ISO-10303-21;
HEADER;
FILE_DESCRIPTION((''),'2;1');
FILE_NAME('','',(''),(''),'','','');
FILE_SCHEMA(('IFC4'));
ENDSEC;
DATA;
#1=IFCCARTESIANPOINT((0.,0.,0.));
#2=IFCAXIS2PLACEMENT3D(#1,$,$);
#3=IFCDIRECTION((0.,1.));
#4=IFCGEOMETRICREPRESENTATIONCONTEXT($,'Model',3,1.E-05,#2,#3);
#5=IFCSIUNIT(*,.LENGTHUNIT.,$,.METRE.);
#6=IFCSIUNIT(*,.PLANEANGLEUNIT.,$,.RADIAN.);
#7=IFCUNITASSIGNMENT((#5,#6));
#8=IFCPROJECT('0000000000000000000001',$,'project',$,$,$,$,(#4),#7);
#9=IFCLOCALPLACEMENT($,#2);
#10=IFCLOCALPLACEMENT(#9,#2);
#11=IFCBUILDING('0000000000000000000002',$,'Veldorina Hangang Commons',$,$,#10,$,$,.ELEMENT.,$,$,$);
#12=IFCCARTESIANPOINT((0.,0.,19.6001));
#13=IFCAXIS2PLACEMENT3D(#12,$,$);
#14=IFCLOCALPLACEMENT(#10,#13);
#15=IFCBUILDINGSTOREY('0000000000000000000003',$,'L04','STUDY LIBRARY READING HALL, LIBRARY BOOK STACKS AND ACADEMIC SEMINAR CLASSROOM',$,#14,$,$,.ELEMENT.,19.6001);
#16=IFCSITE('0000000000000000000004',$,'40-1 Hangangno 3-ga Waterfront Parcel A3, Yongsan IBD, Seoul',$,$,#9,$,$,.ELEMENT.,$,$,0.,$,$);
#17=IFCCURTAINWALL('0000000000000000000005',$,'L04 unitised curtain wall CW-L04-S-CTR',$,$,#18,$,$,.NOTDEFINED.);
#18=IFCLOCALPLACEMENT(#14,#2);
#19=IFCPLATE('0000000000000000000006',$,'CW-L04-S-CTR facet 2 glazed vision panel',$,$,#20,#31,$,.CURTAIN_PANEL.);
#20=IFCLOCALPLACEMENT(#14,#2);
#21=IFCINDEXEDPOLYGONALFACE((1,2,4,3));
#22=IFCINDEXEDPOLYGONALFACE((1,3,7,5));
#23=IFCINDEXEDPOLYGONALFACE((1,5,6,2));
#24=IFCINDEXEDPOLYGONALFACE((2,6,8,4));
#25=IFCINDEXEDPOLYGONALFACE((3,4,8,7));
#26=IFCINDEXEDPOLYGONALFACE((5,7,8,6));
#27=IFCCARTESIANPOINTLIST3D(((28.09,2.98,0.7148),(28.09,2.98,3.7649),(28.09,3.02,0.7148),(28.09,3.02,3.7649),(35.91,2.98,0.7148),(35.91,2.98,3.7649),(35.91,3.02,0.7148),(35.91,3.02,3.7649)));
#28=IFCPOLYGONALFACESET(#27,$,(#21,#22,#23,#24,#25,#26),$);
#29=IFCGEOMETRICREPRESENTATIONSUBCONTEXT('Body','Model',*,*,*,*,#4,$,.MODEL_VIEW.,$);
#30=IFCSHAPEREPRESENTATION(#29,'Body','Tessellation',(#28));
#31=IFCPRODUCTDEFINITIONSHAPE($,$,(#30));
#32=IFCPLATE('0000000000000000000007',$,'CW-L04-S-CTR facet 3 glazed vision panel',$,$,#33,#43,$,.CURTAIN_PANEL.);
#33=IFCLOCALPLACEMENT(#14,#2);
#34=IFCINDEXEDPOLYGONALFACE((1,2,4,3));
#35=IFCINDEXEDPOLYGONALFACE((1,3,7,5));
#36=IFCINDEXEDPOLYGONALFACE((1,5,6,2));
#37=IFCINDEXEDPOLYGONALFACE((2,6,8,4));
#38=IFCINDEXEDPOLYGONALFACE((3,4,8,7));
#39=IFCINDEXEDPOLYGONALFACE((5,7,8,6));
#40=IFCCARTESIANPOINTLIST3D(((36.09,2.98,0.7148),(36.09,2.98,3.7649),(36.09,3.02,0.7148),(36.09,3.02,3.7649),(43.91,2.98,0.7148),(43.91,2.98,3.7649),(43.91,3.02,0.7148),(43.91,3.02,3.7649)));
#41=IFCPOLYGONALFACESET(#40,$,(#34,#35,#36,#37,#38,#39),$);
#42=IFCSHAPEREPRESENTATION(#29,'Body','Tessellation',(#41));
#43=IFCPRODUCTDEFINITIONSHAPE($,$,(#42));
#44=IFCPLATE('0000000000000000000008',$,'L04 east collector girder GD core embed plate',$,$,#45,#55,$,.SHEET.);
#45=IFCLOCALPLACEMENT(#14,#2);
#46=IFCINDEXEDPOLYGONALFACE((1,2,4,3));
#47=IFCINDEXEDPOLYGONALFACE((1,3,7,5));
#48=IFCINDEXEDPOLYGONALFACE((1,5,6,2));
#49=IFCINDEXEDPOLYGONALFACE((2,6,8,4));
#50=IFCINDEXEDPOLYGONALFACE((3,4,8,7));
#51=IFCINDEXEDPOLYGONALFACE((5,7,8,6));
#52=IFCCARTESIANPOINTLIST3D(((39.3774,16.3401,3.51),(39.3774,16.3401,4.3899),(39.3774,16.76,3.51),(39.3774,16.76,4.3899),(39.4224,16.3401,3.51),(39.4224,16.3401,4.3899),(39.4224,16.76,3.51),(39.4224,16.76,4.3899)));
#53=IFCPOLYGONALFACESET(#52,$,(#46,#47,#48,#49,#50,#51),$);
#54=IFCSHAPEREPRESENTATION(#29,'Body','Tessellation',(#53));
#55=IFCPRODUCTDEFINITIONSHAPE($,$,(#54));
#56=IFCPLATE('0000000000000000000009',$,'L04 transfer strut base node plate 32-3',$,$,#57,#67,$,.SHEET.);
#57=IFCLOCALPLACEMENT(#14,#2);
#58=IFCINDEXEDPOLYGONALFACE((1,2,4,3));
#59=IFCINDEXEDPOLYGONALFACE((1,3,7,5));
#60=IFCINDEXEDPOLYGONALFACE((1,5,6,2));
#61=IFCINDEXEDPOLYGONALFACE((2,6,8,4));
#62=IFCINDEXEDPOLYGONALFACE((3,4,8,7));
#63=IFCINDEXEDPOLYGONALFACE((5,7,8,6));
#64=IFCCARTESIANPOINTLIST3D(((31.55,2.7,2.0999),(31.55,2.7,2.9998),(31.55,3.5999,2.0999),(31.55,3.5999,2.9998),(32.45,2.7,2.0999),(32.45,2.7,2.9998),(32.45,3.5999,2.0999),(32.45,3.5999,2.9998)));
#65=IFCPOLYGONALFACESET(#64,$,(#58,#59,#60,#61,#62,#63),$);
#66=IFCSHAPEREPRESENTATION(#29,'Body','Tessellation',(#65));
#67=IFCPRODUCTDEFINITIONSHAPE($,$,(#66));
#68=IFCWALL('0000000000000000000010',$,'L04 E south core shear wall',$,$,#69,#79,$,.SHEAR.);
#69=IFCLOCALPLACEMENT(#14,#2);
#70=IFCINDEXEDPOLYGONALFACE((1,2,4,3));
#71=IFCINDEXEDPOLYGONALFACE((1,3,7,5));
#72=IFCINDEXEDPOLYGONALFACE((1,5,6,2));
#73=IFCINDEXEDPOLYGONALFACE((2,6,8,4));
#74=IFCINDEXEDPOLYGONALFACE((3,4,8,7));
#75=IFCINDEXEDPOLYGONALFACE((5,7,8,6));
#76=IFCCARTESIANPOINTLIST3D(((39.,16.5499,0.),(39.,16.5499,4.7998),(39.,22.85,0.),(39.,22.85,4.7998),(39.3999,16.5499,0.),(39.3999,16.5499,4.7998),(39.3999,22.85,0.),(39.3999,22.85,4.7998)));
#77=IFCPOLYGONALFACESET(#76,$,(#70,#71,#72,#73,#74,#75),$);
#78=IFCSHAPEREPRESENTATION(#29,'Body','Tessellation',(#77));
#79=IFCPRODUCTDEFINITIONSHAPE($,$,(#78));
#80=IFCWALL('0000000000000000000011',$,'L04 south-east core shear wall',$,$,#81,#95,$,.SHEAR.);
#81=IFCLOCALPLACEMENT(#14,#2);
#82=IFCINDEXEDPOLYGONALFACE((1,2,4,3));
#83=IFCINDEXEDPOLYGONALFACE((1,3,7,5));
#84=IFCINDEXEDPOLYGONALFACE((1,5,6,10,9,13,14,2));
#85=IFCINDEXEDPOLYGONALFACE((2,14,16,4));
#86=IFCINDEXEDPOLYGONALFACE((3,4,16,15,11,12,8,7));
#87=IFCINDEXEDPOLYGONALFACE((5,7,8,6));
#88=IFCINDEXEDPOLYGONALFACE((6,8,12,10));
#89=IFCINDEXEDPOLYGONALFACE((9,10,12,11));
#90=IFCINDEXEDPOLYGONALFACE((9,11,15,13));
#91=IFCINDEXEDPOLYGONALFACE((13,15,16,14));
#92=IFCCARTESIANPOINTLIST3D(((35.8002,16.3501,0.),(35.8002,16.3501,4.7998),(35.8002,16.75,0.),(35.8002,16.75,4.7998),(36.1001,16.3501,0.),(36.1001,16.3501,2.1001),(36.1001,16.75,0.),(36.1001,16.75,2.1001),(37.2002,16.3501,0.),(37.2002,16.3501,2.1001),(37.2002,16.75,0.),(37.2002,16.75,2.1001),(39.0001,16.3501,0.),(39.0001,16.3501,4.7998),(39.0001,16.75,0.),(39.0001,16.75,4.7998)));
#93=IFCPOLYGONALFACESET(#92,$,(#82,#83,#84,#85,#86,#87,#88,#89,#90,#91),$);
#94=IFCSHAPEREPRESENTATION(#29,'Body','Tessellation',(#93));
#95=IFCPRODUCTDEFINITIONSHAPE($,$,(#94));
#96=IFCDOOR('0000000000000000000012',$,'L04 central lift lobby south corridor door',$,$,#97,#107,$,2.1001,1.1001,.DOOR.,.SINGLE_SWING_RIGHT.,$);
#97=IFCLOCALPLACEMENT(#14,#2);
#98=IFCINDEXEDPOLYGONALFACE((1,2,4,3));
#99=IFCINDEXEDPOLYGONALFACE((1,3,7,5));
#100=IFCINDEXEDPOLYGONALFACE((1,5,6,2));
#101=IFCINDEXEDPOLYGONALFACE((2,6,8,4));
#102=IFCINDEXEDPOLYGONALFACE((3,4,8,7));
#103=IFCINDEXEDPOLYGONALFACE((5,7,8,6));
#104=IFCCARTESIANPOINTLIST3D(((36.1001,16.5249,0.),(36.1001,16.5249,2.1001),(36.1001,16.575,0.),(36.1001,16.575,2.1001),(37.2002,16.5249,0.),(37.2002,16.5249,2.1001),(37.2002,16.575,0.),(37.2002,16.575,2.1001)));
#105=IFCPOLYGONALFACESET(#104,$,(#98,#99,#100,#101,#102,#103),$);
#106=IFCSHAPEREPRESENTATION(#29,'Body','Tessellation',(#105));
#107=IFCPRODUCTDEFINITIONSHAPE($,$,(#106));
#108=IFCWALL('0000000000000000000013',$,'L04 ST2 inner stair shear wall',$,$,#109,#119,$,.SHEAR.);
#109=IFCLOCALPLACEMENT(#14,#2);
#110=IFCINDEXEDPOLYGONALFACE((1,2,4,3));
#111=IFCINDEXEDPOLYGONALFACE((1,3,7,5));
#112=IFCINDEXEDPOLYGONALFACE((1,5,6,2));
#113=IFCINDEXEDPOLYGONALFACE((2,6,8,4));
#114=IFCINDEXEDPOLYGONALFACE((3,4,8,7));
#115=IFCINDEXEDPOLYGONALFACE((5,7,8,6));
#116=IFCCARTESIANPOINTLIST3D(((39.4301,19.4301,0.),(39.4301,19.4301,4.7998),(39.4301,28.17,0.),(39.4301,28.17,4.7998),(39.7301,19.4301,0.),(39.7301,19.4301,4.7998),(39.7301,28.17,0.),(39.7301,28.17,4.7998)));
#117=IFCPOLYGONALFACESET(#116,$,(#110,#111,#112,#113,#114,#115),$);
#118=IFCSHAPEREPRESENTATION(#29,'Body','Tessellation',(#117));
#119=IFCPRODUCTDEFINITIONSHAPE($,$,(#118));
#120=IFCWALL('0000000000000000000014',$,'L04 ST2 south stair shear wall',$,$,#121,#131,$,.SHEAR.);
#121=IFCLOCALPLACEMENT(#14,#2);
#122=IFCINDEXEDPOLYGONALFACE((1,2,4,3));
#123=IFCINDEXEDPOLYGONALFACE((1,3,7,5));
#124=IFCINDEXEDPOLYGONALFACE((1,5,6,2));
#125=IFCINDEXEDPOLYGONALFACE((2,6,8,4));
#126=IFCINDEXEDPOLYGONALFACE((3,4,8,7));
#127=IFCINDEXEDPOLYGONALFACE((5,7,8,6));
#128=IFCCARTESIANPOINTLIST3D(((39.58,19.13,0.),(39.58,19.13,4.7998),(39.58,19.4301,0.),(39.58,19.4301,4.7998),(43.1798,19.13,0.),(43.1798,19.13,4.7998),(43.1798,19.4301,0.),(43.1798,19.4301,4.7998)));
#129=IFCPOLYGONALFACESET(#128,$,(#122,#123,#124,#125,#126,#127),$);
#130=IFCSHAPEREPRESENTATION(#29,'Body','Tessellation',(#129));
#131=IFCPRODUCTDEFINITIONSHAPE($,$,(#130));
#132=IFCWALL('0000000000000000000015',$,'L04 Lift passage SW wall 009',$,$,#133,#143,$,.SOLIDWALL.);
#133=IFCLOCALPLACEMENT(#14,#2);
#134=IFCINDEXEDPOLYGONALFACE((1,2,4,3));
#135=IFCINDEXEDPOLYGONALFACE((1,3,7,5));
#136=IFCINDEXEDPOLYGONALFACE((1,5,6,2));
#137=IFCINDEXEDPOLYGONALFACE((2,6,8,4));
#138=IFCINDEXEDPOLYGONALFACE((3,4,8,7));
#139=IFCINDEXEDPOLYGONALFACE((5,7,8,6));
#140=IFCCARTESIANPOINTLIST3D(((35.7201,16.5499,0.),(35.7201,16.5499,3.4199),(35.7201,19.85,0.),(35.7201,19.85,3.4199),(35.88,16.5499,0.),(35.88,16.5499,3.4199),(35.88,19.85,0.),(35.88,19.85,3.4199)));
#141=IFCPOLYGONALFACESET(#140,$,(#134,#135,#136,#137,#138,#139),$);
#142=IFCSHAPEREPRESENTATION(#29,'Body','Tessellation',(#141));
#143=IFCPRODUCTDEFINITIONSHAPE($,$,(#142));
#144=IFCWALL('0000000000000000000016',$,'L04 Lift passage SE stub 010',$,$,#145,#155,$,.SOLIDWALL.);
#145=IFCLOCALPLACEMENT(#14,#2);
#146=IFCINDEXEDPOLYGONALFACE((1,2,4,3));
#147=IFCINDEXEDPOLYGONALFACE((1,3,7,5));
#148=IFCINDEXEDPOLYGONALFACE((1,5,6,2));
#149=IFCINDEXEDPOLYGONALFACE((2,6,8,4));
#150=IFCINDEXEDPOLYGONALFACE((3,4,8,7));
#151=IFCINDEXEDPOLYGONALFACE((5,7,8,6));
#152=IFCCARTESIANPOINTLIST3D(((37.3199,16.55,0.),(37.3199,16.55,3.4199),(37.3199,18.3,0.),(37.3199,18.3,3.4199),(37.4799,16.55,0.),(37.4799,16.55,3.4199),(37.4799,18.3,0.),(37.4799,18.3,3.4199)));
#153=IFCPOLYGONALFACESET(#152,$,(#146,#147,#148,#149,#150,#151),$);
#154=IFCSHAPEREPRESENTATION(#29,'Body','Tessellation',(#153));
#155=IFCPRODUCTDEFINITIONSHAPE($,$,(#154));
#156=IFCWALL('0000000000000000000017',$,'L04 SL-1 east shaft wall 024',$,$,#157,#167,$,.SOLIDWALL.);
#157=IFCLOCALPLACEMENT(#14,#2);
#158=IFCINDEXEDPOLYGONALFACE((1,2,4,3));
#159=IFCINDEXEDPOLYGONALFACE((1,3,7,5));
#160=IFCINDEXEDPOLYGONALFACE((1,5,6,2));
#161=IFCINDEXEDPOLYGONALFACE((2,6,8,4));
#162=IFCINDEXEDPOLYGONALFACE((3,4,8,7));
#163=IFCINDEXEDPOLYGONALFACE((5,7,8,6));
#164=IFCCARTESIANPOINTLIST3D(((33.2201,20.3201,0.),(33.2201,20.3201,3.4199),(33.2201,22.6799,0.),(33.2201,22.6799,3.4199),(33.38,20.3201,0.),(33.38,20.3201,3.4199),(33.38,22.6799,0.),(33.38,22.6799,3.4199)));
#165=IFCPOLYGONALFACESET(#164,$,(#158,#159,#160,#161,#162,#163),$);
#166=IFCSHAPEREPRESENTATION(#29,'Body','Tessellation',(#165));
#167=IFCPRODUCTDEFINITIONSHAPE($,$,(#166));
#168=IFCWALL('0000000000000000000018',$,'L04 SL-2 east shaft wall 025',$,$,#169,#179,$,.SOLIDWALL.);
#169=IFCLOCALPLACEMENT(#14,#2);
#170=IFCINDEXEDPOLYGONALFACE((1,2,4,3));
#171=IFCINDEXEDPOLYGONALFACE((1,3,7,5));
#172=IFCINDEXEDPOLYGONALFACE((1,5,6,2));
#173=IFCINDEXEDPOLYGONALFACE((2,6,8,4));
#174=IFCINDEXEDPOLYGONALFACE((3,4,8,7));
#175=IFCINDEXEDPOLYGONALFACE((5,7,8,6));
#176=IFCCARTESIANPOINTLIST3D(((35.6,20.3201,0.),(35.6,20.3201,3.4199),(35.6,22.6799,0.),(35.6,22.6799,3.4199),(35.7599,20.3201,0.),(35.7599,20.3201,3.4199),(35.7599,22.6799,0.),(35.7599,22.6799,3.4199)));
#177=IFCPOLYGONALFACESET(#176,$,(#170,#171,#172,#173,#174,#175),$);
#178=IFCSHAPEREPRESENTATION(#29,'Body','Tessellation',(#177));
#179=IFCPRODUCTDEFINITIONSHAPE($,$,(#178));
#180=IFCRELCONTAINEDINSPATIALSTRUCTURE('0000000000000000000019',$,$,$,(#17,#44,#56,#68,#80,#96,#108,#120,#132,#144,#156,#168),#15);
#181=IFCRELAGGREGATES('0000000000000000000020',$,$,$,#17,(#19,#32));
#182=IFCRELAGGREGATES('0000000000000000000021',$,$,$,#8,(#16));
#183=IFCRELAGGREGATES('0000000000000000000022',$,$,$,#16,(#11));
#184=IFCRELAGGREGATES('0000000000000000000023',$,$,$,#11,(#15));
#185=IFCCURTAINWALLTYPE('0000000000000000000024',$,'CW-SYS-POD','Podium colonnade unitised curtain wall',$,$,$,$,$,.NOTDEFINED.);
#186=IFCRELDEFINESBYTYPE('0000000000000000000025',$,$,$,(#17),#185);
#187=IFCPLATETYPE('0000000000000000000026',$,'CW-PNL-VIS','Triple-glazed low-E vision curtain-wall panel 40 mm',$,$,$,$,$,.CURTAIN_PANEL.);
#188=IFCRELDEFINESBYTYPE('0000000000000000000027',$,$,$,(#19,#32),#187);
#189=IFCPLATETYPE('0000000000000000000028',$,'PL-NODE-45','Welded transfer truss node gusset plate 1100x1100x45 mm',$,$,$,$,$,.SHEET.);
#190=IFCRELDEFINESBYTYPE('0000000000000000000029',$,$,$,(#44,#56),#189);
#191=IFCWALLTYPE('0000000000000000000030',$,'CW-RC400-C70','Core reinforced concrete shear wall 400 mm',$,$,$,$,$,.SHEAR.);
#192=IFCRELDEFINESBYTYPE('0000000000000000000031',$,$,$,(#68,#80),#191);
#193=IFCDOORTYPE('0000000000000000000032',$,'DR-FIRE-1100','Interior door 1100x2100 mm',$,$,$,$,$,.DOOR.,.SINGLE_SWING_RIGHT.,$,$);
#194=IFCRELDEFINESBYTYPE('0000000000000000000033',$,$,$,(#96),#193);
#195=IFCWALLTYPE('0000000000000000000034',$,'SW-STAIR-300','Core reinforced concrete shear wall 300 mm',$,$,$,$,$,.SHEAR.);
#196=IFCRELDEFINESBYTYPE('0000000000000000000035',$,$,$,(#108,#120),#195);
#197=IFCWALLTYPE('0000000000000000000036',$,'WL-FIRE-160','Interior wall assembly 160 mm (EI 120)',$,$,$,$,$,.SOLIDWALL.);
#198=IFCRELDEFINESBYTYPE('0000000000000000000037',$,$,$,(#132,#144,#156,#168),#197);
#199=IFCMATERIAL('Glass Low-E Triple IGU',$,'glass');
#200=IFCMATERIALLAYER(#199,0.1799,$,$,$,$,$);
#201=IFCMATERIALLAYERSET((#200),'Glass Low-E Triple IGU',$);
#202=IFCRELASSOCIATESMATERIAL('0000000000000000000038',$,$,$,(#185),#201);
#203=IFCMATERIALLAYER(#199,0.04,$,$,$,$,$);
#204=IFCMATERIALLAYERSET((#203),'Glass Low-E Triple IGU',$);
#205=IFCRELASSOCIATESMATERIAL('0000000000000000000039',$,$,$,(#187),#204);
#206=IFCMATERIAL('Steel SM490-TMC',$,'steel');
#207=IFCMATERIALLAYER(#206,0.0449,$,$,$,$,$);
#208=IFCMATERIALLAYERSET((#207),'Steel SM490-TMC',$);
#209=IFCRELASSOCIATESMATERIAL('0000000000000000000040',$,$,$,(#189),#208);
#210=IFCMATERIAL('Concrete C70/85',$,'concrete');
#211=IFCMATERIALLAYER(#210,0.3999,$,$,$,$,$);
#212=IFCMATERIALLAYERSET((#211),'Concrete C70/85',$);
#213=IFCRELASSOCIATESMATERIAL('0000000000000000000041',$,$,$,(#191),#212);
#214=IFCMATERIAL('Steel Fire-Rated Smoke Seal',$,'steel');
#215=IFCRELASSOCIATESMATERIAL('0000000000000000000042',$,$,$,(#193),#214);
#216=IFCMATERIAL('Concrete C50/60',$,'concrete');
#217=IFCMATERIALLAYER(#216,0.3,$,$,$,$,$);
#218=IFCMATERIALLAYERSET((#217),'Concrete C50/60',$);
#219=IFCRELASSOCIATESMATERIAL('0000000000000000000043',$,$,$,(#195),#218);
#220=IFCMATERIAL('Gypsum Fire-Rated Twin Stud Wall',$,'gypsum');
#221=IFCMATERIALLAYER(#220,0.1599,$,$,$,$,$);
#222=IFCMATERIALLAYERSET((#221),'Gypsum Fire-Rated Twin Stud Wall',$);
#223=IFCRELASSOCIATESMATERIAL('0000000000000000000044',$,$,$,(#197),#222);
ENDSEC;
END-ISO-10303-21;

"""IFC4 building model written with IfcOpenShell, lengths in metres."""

from ifc_helpers import new_model, si_unit, direction, frame, frame_2d, origin, origin_2d, place, context, subcontext, project, spatial, rectangle, extrude, material, layer, layer_set, type_object, element, fill, aggregate, save


model = new_model("IFC4")

# Units and contexts
model_context = context("Model", 3, precision=1e-05, world=origin(), true_north=direction((0.0, 1.0)))
body_context = subcontext(model_context, "Body", "Model", "MODEL_VIEW")
ifc_project = project(units=[si_unit("LENGTHUNIT", "METRE"), si_unit("PLANEANGLEUNIT", "RADIAN")], contexts=[model_context])

# Site, building, storey
site_placement = place(None, origin())
site = spatial("IfcSite", under=ifc_project, at=site_placement, Name="40-1 Hangangno 3-ga Waterfront Parcel A3, Yongsan IBD, Seoul", CompositionType="ELEMENT", RefElevation=0.0)
building_placement = place(site_placement, origin())
building = spatial("IfcBuilding", under=site, at=building_placement, Name="Veldorina Hangang Commons", CompositionType="ELEMENT")
storey_placement = place(building_placement, frame((0.0, 0.0, 19.6001)))
storey = spatial("IfcBuildingStorey", under=building, at=storey_placement, Name="L04", Description="STUDY LIBRARY READING HALL, LIBRARY BOOK STACKS AND ACADEMIC SEMINAR CLASSROOM", CompositionType="ELEMENT", Elevation=19.6001)

# Shared definitions
ifc_material_1 = material(Name="Steel SM490-TMC", Category="steel")

# Curtain wall
ifc_material_2 = material(Name="Glass Low-E Triple IGU", Category="glass")
ifc_layer_1 = layer(ifc_material_2, 0.1799)
ifc_layer_set_1 = layer_set([ifc_layer_1], Name="Glass Low-E Triple IGU")
curtain_wall_type = type_object("IfcCurtainWallType", Name="CW-SYS-POD", Description="Podium colonnade unitised curtain wall", PredefinedType="NOTDEFINED", material=ifc_layer_set_1)
curtain_wall_placement = place(storey_placement, origin())
curtain_wall = element("IfcCurtainWall", 1, at=curtain_wall_placement, inside=storey, type_object=curtain_wall_type, Name="L04 unitised curtain wall CW-L04-S-CTR", PredefinedType="NOTDEFINED")

# Plates
ifc_layer_2 = layer(ifc_material_2, 0.04)
ifc_layer_set_2 = layer_set([ifc_layer_2], Name="Glass Low-E Triple IGU")
plate_type_1 = type_object("IfcPlateType", Name="CW-PNL-VIS", Description="Triple-glazed low-E vision curtain-wall panel 40 mm", PredefinedType="CURTAIN_PANEL", material=ifc_layer_set_2)
plate_1_placement = place(storey_placement, frame((32.0, 3.0, 0.7148), z_axis=(0.0, 0.0, 1.0), x_axis=(1.0, 0.0, 0.0)))
plate_1 = element("IfcPlate", 2, at=plate_1_placement, type_object=plate_type_1, Name="CW-L04-S-CTR facet 2 glazed vision panel", PredefinedType="CURTAIN_PANEL", context=body_context, shape_type="SweptSolid", body=[
    extrude(rectangle(XDim=7.8201, YDim=0.04, at=origin_2d()), origin(), (0.0, 0.0, 1.0), 3.05),
])
plate_2_placement = place(storey_placement, frame((40.0, 3.0, 0.7148), z_axis=(0.0, 0.0, 1.0), x_axis=(1.0, 0.0, 0.0)))
plate_2 = element("IfcPlate", 3, at=plate_2_placement, type_object=plate_type_1, Name="CW-L04-S-CTR facet 3 glazed vision panel", PredefinedType="CURTAIN_PANEL", context=body_context, shape_type="SweptSolid", body=[
    extrude(rectangle(XDim=7.8201, YDim=0.04, at=origin_2d()), origin(), (0.0, 0.0, 1.0), 3.05),
])
aggregate(curtain_wall, [plate_1, plate_2])

# Plates
ifc_layer_3 = layer(ifc_material_1, 0.0449)
ifc_layer_set_3 = layer_set([ifc_layer_3], Name="Steel SM490-TMC")
plate_type_2 = type_object("IfcPlateType", Name="PL-NODE-45", Description="Welded transfer truss node gusset plate 1100x1100x45 mm", PredefinedType="SHEET", material=ifc_layer_set_3)
plate_3_placement = place(storey_placement, frame((39.3999, 16.55, 3.51), z_axis=(0.0, 0.0, 1.0), x_axis=(1.0, 0.0, 0.0)))
element("IfcPlate", 4, at=plate_3_placement, inside=storey, type_object=plate_type_2, Name="L04 east collector girder GD core embed plate", PredefinedType="SHEET", context=body_context, shape_type="SweptSolid", body=[
    extrude(rectangle(XDim=0.0449, YDim=0.4199, at=origin_2d()), origin(), (0.0, 0.0, 1.0), 0.8799),
])
plate_4_placement = place(storey_placement, frame((32.0, 3.1499, 2.0999), z_axis=(0.0, 0.0, 1.0), x_axis=(1.0, 0.0, 0.0)))
element("IfcPlate", 5, at=plate_4_placement, inside=storey, type_object=plate_type_2, Name="L04 transfer strut base node plate 32-3", PredefinedType="SHEET", context=body_context, shape_type="SweptSolid", body=[
    extrude(rectangle(XDim=0.8999, YDim=0.8999, at=origin_2d()), origin(), (0.0, 0.0, 1.0), 0.8999),
])

# Wall
ifc_material_3 = material(Name="Concrete C70/85", Category="concrete")
ifc_layer_4 = layer(ifc_material_3, 0.3999)
ifc_layer_set_4 = layer_set([ifc_layer_4], Name="Concrete C70/85")
wall_type_1 = type_object("IfcWallType", Name="CW-RC400-C70", Description="Core reinforced concrete shear wall 400 mm", PredefinedType="SHEAR", material=ifc_layer_set_4)
wall_1_placement = place(storey_placement, frame((39.2, 16.55, 0.0), z_axis=(0.0, 0.0, 1.0), x_axis=(0.0, 1.0, 0.0)))
element("IfcWall", 6, at=wall_1_placement, inside=storey, type_object=wall_type_1, Name="L04 E south core shear wall", PredefinedType="SHEAR", context=body_context, shape_type="SweptSolid", body=[
    extrude(rectangle(XDim=6.3, YDim=0.3999, at=frame_2d((3.1499, 0.0))), origin(), (0.0, 0.0, 1.0), 4.7998),
])

# Wall, opening, door
wall_2_placement = place(storey_placement, frame((35.8, 16.55, 0.0), z_axis=(0.0, 0.0, 1.0), x_axis=(1.0, 0.0, 0.0)))
wall_2 = element("IfcWall", 7, at=wall_2_placement, inside=storey, type_object=wall_type_1, Name="L04 south-east core shear wall", PredefinedType="SHEAR", context=body_context, shape_type="SweptSolid", body=[
    extrude(rectangle(XDim=3.2, YDim=0.3999, at=frame_2d((1.6001, 0.0))), origin(), (0.0, 0.0, 1.0), 4.7998),
])
opening_1_placement = place(wall_2_placement, frame((0.3, 0.0, 0.0)))
opening_1 = element("IfcOpeningElement", 8, at=opening_1_placement, cuts=wall_2, PredefinedType="OPENING", context=body_context, shape_type="SweptSolid", body=[
    extrude(rectangle(XDim=1.1001, YDim=2.1001, at=frame_2d((0.55, 1.05))), frame((0.0, 0.21, 0.0), z_axis=(0.0, -1.0, 0.0), x_axis=(1.0, 0.0, 0.0)), (0.0, 0.0, 1.0), 0.4199),
])
ifc_material_4 = material(Name="Steel Fire-Rated Smoke Seal", Category="steel")
door_type_1 = type_object("IfcDoorType", Name="DR-FIRE-1100", Description="Interior door 1100x2100 mm", OperationType="SINGLE_SWING_RIGHT", PredefinedType="DOOR", material=ifc_material_4)
door_1_placement = place(opening_1_placement, origin())
door_1 = element("IfcDoor", 9, at=door_1_placement, inside=storey, type_object=door_type_1, Name="L04 central lift lobby south corridor door", OperationType="SINGLE_SWING_RIGHT", OverallHeight=2.1001, OverallWidth=1.1001, PredefinedType="DOOR", context=body_context, shape_type="SweptSolid", body=[
    extrude(rectangle(XDim=1.1001, YDim=2.1001, at=frame_2d((0.55, 1.05))), frame((0.0, 0.0249, 0.0), z_axis=(0.0, -1.0, 0.0), x_axis=(1.0, 0.0, 0.0)), (0.0, 0.0, 1.0), 0.05),
])
fill(opening_1, door_1)

# Walls
ifc_material_5 = material(Name="Concrete C50/60", Category="concrete")
ifc_layer_5 = layer(ifc_material_5, 0.3)
ifc_layer_set_5 = layer_set([ifc_layer_5], Name="Concrete C50/60")
wall_type_2 = type_object("IfcWallType", Name="SW-STAIR-300", Description="Core reinforced concrete shear wall 300 mm", PredefinedType="SHEAR", material=ifc_layer_set_5)
wall_3_placement = place(storey_placement, frame((39.5801, 19.4299, 0.0), z_axis=(0.0, 0.0, 1.0), x_axis=(0.0, 1.0, 0.0)))
element("IfcWall", 10, at=wall_3_placement, inside=storey, type_object=wall_type_2, Name="L04 ST2 inner stair shear wall", PredefinedType="SHEAR", context=body_context, shape_type="SweptSolid", body=[
    extrude(rectangle(XDim=8.74, YDim=0.3, at=frame_2d((4.3701, 0.0))), origin(), (0.0, 0.0, 1.0), 4.7998),
])
wall_4_placement = place(storey_placement, frame((39.5801, 19.28, 0.0), z_axis=(0.0, 0.0, 1.0), x_axis=(1.0, 0.0, 0.0)))
element("IfcWall", 11, at=wall_4_placement, inside=storey, type_object=wall_type_2, Name="L04 ST2 south stair shear wall", PredefinedType="SHEAR", context=body_context, shape_type="SweptSolid", body=[
    extrude(rectangle(XDim=3.5999, YDim=0.3, at=frame_2d((1.7998, 0.0))), origin(), (0.0, 0.0, 1.0), 4.7998),
])
ifc_material_6 = material(Name="Gypsum Fire-Rated Twin Stud Wall", Category="gypsum")
ifc_layer_6 = layer(ifc_material_6, 0.1599)
ifc_layer_set_6 = layer_set([ifc_layer_6], Name="Gypsum Fire-Rated Twin Stud Wall")
wall_type_3 = type_object("IfcWallType", Name="WL-FIRE-160", Description="Interior wall assembly 160 mm (EI 120)", PredefinedType="SOLIDWALL", material=ifc_layer_set_6)
wall_5_placement = place(storey_placement, frame((35.8, 16.55, 0.0), z_axis=(0.0, 0.0, 1.0), x_axis=(0.0, 1.0, 0.0)))
element("IfcWall", 12, at=wall_5_placement, inside=storey, type_object=wall_type_3, Name="L04 Lift passage SW wall 009", PredefinedType="SOLIDWALL", context=body_context, shape_type="SweptSolid", body=[
    extrude(rectangle(XDim=3.3, YDim=0.1599, at=frame_2d((1.6499, 0.0))), origin(), (0.0, 0.0, 1.0), 3.4199),
])
wall_6_placement = place(storey_placement, frame((37.3999, 16.55, 0.0), z_axis=(0.0, 0.0, 1.0), x_axis=(0.0, 1.0, 0.0)))
element("IfcWall", 13, at=wall_6_placement, inside=storey, type_object=wall_type_3, Name="L04 Lift passage SE stub 010", PredefinedType="SOLIDWALL", context=body_context, shape_type="SweptSolid", body=[
    extrude(rectangle(XDim=1.75, YDim=0.1599, at=frame_2d((0.875, 0.0))), origin(), (0.0, 0.0, 1.0), 3.4199),
])
for number, where, z_axis, x_axis, name in (
    (14, (33.3, 20.3201, 0.0), (0.0, 0.0, 1.0), (0.0, 1.0, 0.0), "L04 SL-1 east shaft wall 024"),
    (15, (35.6799, 20.3201, 0.0), (0.0, 0.0, 1.0), (0.0, 1.0, 0.0), "L04 SL-2 east shaft wall 025"),
):
    element("IfcWall", number, at=place(storey_placement, frame(where, z_axis=z_axis, x_axis=x_axis)), inside=storey, type_object=wall_type_3, Name=name, PredefinedType="SOLIDWALL", context=body_context, shape_type="SweptSolid", body=[
        extrude(rectangle(XDim=2.3599, YDim=0.1599, at=frame_2d((1.1799, 0.0))), origin(), (0.0, 0.0, 1.0), 3.4199),
    ])

save(model, "model.ifc")
